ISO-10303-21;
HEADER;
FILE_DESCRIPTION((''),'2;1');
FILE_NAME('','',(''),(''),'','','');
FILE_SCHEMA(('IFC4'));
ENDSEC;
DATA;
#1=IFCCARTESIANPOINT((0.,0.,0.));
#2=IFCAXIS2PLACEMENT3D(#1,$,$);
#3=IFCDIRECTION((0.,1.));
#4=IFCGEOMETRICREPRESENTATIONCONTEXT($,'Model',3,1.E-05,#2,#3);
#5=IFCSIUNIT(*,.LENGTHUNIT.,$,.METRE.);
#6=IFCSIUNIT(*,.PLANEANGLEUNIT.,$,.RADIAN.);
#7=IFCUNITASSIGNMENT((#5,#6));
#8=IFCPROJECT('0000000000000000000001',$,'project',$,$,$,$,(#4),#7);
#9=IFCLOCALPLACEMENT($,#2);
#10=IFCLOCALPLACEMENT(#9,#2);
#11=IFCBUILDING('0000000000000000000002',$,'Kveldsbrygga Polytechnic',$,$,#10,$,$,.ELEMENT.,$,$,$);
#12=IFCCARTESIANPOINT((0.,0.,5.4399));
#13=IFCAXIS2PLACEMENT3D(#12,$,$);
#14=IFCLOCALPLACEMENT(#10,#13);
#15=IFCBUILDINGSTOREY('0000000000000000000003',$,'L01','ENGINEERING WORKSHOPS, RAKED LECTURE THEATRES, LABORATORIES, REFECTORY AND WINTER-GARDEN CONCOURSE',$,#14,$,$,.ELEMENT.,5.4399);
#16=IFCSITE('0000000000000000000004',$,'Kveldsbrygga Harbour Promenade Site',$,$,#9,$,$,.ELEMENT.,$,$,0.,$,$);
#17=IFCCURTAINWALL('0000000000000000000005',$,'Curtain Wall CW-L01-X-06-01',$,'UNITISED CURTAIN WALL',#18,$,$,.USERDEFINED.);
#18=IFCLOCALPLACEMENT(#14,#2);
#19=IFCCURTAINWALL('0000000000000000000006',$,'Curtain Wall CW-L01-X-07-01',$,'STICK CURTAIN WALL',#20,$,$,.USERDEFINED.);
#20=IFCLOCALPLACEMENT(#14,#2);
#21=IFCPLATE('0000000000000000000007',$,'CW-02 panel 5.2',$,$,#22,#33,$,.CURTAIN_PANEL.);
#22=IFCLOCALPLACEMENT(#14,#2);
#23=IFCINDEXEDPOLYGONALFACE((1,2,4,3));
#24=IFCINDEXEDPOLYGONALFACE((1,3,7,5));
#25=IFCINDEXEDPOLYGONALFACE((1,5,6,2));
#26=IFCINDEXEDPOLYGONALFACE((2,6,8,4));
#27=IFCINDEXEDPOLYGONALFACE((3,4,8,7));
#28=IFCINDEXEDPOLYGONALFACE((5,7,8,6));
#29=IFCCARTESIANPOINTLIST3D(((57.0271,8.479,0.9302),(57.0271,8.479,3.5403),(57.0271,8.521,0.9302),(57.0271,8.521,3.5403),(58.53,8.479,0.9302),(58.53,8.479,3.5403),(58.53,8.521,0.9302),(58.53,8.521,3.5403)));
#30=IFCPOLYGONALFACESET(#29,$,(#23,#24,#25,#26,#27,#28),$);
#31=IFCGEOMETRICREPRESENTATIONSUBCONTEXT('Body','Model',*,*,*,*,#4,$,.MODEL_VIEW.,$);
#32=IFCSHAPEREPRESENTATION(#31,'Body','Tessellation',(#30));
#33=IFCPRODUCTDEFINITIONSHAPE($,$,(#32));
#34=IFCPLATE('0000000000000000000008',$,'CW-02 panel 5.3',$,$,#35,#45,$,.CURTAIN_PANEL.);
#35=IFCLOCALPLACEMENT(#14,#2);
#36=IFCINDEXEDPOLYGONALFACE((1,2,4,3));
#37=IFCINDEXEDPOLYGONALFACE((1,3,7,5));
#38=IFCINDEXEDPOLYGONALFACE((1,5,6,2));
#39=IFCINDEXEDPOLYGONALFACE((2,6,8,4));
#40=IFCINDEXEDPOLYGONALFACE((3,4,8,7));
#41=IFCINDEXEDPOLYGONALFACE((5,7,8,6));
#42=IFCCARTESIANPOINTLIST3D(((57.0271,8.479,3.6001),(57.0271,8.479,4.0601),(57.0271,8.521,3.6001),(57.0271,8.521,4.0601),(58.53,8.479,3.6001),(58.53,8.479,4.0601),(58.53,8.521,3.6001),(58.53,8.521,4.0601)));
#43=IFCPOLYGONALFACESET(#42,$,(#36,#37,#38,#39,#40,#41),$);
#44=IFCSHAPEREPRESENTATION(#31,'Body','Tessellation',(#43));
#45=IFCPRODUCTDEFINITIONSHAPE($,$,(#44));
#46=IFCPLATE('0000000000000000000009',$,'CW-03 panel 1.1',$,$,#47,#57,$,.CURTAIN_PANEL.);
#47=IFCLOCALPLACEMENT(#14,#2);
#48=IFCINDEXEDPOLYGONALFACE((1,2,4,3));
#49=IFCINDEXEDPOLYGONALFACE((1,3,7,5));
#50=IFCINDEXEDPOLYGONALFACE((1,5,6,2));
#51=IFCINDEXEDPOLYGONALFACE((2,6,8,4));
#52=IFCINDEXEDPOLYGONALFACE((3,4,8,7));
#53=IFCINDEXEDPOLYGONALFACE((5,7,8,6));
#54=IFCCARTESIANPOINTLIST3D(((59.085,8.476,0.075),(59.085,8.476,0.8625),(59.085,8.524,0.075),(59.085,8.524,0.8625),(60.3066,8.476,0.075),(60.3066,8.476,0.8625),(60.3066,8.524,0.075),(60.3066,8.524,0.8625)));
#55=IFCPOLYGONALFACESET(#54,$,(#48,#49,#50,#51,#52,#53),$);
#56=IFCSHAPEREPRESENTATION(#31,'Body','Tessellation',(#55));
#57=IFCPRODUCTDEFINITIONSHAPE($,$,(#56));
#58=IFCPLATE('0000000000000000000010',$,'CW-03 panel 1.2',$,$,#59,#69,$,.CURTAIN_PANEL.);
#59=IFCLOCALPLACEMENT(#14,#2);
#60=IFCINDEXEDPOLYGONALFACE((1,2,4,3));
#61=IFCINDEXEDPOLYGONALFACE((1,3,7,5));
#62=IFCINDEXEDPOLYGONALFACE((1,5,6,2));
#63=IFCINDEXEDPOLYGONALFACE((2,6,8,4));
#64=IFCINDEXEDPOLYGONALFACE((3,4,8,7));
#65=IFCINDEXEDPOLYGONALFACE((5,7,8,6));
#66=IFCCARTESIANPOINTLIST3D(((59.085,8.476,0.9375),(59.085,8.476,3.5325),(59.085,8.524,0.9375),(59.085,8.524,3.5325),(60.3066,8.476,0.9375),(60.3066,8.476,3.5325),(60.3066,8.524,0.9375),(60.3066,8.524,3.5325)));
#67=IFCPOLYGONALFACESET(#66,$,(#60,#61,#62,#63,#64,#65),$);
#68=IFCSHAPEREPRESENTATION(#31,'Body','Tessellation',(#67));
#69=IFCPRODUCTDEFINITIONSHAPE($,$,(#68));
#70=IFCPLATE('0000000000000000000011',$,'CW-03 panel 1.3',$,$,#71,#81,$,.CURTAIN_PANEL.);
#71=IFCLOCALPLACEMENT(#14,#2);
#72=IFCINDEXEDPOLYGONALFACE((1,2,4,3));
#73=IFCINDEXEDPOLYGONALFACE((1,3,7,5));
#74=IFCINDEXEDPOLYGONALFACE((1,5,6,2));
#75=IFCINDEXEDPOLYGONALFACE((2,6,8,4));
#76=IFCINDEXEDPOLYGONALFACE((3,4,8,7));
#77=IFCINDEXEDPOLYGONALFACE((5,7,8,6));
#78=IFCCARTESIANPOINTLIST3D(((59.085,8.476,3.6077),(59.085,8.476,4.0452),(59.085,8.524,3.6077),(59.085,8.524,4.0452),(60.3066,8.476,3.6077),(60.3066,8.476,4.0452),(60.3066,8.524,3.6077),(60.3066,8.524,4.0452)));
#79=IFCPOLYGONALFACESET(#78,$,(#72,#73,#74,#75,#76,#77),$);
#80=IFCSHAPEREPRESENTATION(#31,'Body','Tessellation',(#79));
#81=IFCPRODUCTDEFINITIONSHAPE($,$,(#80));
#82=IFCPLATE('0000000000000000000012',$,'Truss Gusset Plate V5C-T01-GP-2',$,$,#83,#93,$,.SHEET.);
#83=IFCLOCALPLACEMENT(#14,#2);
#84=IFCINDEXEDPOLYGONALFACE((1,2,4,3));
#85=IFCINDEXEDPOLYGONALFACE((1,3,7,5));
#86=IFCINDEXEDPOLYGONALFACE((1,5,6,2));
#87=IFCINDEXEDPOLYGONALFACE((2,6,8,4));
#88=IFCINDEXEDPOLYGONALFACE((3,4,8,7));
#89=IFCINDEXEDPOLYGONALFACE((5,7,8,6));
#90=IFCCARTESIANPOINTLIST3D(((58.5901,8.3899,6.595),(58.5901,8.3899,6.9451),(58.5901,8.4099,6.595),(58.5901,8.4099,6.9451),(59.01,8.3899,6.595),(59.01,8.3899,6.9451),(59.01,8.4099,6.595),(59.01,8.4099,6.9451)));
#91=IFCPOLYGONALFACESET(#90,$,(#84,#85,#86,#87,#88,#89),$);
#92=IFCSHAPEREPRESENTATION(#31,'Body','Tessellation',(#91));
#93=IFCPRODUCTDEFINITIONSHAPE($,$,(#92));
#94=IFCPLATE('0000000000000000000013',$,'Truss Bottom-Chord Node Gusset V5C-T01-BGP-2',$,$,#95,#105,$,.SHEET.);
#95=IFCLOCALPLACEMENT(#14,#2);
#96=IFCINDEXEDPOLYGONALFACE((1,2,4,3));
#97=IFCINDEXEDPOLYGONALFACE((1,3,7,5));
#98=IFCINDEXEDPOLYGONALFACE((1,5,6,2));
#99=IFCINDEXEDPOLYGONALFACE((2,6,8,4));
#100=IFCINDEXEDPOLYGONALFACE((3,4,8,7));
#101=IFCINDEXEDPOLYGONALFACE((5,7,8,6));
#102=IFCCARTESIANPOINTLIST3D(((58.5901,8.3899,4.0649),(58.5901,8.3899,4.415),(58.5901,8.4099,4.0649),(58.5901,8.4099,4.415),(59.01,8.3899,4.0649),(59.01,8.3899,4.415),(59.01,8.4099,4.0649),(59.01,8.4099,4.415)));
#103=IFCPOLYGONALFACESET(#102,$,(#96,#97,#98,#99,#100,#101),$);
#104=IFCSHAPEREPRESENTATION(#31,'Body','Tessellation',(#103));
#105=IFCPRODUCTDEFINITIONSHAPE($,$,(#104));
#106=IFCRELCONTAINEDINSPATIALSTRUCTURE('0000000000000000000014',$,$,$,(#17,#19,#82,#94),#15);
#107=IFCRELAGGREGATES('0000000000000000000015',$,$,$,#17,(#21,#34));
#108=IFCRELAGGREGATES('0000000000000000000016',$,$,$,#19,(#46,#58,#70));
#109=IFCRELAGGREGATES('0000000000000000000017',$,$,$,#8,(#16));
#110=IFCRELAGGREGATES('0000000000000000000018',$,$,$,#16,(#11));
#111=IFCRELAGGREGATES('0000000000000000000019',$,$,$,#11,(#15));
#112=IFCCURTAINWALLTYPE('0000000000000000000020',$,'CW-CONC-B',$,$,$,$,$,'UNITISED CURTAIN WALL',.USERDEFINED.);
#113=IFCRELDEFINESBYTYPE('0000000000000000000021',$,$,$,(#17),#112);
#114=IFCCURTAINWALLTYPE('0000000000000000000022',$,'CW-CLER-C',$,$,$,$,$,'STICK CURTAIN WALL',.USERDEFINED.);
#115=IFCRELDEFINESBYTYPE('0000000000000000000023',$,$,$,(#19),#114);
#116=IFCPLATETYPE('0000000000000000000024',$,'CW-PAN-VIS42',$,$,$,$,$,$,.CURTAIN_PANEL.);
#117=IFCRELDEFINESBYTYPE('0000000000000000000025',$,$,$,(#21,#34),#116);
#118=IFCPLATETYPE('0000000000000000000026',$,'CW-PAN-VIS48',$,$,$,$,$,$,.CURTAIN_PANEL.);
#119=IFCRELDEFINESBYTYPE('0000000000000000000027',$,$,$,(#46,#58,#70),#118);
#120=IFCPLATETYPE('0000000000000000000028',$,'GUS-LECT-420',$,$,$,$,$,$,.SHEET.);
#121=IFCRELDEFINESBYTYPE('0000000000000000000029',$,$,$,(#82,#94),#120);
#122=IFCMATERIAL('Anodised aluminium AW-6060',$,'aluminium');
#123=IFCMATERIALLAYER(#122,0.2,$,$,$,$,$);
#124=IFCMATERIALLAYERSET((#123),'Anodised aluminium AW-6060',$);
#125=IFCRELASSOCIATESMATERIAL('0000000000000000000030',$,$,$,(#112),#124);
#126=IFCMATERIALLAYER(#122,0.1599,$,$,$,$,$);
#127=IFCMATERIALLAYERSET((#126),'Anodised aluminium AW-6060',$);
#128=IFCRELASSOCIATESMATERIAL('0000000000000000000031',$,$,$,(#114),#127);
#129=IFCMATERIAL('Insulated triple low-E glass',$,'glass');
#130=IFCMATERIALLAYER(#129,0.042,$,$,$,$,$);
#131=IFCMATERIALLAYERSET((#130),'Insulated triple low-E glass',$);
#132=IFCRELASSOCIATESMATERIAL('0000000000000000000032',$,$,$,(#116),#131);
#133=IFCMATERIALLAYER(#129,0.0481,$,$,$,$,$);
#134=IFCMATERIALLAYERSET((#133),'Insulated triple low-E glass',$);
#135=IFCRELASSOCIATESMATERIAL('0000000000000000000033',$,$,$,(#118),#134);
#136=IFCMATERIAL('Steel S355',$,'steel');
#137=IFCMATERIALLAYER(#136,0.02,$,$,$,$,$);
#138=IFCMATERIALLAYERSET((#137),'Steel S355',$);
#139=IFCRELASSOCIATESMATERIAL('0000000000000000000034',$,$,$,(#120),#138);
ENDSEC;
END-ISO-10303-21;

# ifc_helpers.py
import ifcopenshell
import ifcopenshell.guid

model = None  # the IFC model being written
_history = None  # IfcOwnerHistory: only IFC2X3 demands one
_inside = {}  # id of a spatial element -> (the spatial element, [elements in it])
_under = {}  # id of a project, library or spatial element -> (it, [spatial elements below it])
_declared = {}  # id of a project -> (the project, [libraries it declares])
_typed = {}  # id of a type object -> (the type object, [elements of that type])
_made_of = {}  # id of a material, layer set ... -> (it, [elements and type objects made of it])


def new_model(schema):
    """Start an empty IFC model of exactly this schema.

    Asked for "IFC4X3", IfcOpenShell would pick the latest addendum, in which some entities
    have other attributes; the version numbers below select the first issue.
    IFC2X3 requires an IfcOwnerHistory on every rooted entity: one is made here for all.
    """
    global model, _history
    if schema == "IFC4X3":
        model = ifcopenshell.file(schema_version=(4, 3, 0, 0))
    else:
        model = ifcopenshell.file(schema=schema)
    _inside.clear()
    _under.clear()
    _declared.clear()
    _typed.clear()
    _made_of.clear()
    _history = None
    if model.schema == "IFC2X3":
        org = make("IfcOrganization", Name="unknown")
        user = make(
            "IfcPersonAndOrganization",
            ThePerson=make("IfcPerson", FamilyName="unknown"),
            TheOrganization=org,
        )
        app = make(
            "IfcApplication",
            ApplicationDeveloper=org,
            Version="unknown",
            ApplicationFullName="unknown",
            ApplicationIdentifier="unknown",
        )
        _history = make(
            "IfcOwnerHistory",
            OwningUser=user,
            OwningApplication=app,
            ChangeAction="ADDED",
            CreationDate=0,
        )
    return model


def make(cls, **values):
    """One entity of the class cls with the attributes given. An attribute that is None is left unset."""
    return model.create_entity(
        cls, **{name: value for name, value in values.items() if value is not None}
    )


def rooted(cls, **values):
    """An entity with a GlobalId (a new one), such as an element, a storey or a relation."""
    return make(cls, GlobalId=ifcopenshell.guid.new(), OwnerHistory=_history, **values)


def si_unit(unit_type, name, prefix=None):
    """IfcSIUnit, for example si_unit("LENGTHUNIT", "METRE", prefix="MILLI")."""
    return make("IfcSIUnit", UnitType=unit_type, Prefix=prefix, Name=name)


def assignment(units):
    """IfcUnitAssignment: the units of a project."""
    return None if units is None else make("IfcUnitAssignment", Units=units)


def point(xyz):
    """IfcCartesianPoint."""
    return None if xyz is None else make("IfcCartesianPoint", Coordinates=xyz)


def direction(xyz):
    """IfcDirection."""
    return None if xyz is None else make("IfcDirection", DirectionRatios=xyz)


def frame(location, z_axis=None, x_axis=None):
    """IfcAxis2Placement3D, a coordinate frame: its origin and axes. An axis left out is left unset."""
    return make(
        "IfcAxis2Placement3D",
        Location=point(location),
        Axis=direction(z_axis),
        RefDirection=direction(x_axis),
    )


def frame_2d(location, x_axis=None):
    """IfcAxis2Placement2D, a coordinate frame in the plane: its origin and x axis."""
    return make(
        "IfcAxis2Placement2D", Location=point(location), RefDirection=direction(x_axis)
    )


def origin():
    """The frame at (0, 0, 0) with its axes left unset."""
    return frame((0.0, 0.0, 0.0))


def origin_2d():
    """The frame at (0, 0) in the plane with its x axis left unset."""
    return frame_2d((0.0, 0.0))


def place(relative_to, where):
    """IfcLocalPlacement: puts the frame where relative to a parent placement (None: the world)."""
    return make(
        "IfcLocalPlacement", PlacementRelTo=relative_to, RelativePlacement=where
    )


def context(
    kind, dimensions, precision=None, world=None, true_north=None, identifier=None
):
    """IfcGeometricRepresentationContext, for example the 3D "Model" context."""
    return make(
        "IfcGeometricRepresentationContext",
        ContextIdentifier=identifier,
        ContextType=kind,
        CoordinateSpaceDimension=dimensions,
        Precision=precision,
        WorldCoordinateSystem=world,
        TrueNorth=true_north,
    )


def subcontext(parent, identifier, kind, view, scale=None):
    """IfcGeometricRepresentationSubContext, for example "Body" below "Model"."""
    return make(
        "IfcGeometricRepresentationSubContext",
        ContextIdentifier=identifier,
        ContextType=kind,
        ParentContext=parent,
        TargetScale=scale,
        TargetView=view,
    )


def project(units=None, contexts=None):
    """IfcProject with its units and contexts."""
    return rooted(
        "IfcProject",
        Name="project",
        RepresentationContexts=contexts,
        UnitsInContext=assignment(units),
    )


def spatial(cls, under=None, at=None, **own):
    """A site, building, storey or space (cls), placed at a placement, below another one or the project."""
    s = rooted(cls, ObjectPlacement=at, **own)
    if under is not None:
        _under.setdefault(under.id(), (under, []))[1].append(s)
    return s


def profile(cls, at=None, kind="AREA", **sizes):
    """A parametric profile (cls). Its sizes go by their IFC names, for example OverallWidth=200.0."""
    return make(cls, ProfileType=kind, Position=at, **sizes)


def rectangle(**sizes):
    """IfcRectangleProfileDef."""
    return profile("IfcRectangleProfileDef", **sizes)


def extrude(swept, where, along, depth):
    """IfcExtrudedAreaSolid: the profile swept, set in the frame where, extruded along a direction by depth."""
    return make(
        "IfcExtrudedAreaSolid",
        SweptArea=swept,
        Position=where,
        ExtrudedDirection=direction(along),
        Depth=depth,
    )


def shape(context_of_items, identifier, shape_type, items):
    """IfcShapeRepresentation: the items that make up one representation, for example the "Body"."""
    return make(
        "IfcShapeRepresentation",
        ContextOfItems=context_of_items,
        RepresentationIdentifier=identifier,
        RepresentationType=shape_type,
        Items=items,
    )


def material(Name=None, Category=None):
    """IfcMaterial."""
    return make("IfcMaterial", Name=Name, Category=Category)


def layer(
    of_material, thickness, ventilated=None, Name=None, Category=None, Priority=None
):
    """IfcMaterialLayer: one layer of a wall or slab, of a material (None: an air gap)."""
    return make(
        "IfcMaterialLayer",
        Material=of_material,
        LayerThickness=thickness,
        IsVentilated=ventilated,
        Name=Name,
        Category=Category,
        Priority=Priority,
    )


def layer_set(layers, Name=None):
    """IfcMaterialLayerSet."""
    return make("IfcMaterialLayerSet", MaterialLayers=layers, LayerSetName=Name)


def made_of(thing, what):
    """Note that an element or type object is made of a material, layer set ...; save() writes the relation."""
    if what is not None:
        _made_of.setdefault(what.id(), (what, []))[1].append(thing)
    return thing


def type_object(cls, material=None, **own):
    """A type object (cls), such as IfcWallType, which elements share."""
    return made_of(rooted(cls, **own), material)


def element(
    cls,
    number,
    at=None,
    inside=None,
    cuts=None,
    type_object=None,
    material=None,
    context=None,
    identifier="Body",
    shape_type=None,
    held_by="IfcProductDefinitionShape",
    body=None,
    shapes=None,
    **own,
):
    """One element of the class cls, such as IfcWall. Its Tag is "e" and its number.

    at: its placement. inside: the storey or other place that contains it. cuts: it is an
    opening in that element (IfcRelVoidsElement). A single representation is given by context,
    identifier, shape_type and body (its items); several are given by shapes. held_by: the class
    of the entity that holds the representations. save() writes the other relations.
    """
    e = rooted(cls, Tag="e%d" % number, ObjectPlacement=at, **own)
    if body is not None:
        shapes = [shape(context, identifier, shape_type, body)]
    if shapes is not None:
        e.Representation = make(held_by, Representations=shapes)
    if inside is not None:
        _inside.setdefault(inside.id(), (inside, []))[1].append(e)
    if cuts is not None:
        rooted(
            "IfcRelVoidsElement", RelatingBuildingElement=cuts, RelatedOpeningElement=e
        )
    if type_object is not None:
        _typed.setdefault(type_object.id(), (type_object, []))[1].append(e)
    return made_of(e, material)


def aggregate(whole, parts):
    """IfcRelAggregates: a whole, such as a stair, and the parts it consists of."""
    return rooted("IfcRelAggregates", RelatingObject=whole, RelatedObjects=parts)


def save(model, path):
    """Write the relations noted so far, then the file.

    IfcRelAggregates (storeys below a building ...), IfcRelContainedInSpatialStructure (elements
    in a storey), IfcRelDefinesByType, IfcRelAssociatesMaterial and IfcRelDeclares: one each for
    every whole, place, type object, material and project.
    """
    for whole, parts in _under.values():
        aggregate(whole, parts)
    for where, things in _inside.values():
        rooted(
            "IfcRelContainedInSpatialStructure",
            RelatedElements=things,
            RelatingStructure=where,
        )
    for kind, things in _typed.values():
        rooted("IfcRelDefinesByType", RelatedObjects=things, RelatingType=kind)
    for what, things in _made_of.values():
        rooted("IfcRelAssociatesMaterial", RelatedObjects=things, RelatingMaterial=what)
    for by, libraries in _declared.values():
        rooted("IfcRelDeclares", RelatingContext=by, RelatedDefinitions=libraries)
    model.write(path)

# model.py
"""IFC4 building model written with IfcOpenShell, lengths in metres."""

from ifc_helpers import new_model, si_unit, direction, frame, origin, origin_2d, place, context, subcontext, project, spatial, rectangle, extrude, material, layer, layer_set, type_object, element, aggregate, save


model = new_model("IFC4")

# Units and contexts
model_context = context("Model", 3, precision=1e-05, world=origin(), true_north=direction((0.0, 1.0)))
body_context = subcontext(model_context, "Body", "Model", "MODEL_VIEW")
ifc_project = project(units=[si_unit("LENGTHUNIT", "METRE"), si_unit("PLANEANGLEUNIT", "RADIAN")], contexts=[model_context])

# Site, building, storey
site_placement = place(None, origin())
site = spatial("IfcSite", under=ifc_project, at=site_placement, Name="Kveldsbrygga Harbour Promenade Site", CompositionType="ELEMENT", RefElevation=0.0)
building_placement = place(site_placement, origin())
building = spatial("IfcBuilding", under=site, at=building_placement, Name="Kveldsbrygga Polytechnic", CompositionType="ELEMENT")
storey_placement = place(building_placement, frame((0.0, 0.0, 5.4399)))
storey = spatial("IfcBuildingStorey", under=building, at=storey_placement, Name="L01", Description="ENGINEERING WORKSHOPS, RAKED LECTURE THEATRES, LABORATORIES, REFECTORY AND WINTER-GARDEN CONCOURSE", CompositionType="ELEMENT", Elevation=5.4399)

# Curtain walls
ifc_material_1 = material(Name="Anodised aluminium AW-6060", Category="aluminium")
ifc_layer_1 = layer(ifc_material_1, 0.2)
ifc_layer_set_1 = layer_set([ifc_layer_1], Name="Anodised aluminium AW-6060")
curtain_wall_type_1 = type_object("IfcCurtainWallType", Name="CW-CONC-B", ElementType="UNITISED CURTAIN WALL", PredefinedType="USERDEFINED", material=ifc_layer_set_1)
curtain_wall_1_placement = place(storey_placement, origin())
curtain_wall_1 = element("IfcCurtainWall", 1, at=curtain_wall_1_placement, inside=storey, type_object=curtain_wall_type_1, Name="Curtain Wall CW-L01-X-06-01", ObjectType="UNITISED CURTAIN WALL", PredefinedType="USERDEFINED")
ifc_layer_2 = layer(ifc_material_1, 0.1599)
ifc_layer_set_2 = layer_set([ifc_layer_2], Name="Anodised aluminium AW-6060")
curtain_wall_type_2 = type_object("IfcCurtainWallType", Name="CW-CLER-C", ElementType="STICK CURTAIN WALL", PredefinedType="USERDEFINED", material=ifc_layer_set_2)
curtain_wall_2_placement = place(storey_placement, origin())
curtain_wall_2 = element("IfcCurtainWall", 2, at=curtain_wall_2_placement, inside=storey, type_object=curtain_wall_type_2, Name="Curtain Wall CW-L01-X-07-01", ObjectType="STICK CURTAIN WALL", PredefinedType="USERDEFINED")

# Shared definitions
ifc_material_2 = material(Name="Steel S355", Category="steel")

# Plates
ifc_material_3 = material(Name="Insulated triple low-E glass", Category="glass")
ifc_layer_3 = layer(ifc_material_3, 0.042)
ifc_layer_set_3 = layer_set([ifc_layer_3], Name="Insulated triple low-E glass")
plate_type_1 = type_object("IfcPlateType", Name="CW-PAN-VIS42", PredefinedType="CURTAIN_PANEL", material=ifc_layer_set_3)
plate_1_placement = place(storey_placement, frame((57.7786, 8.5, 0.9302), z_axis=(0.0, 0.0, 1.0), x_axis=(1.0, 0.0, 0.0)))
plate_1 = element("IfcPlate", 3, at=plate_1_placement, type_object=plate_type_1, Name="CW-02 panel 5.2", PredefinedType="CURTAIN_PANEL", context=body_context, shape_type="SweptSolid", body=[
    extrude(rectangle(XDim=1.5029, YDim=0.042, at=origin_2d()), origin(), (0.0, 0.0, 1.0), 2.6101),
])
plate_2_placement = place(storey_placement, frame((57.7786, 8.5, 3.6001), z_axis=(0.0, 0.0, 1.0), x_axis=(1.0, 0.0, 0.0)))
plate_2 = element("IfcPlate", 4, at=plate_2_placement, type_object=plate_type_1, Name="CW-02 panel 5.3", PredefinedType="CURTAIN_PANEL", context=body_context, shape_type="SweptSolid", body=[
    extrude(rectangle(XDim=1.5029, YDim=0.042, at=origin_2d()), origin(), (0.0, 0.0, 1.0), 0.46),
])
aggregate(curtain_wall_1, [plate_1, plate_2])
ifc_layer_4 = layer(ifc_material_3, 0.0481)
ifc_layer_set_4 = layer_set([ifc_layer_4], Name="Insulated triple low-E glass")
plate_type_2 = type_object("IfcPlateType", Name="CW-PAN-VIS48", PredefinedType="CURTAIN_PANEL", material=ifc_layer_set_4)
plate_3_placement = place(storey_placement, frame((59.6958, 8.5, 0.075), z_axis=(0.0, 0.0, 1.0), x_axis=(1.0, 0.0, 0.0)))
plate_3 = element("IfcPlate", 5, at=plate_3_placement, type_object=plate_type_2, Name="CW-03 panel 1.1", PredefinedType="CURTAIN_PANEL", context=body_context, shape_type="SweptSolid", body=[
    extrude(rectangle(XDim=1.2217, YDim=0.0481, at=origin_2d()), origin(), (0.0, 0.0, 1.0), 0.7876),
])
plate_4_placement = place(storey_placement, frame((59.6958, 8.5, 0.9375), z_axis=(0.0, 0.0, 1.0), x_axis=(1.0, 0.0, 0.0)))
plate_4 = element("IfcPlate", 6, at=plate_4_placement, type_object=plate_type_2, Name="CW-03 panel 1.2", PredefinedType="CURTAIN_PANEL", context=body_context, shape_type="SweptSolid", body=[
    extrude(rectangle(XDim=1.2217, YDim=0.0481, at=origin_2d()), origin(), (0.0, 0.0, 1.0), 2.595),
])
plate_5_placement = place(storey_placement, frame((59.6958, 8.5, 3.6077), z_axis=(0.0, 0.0, 1.0), x_axis=(1.0, 0.0, 0.0)))
plate_5 = element("IfcPlate", 7, at=plate_5_placement, type_object=plate_type_2, Name="CW-03 panel 1.3", PredefinedType="CURTAIN_PANEL", context=body_context, shape_type="SweptSolid", body=[
    extrude(rectangle(XDim=1.2217, YDim=0.0481, at=origin_2d()), origin(), (0.0, 0.0, 1.0), 0.4375),
])
aggregate(curtain_wall_2, [plate_3, plate_4, plate_5])

# Plates
ifc_layer_5 = layer(ifc_material_2, 0.02)
ifc_layer_set_5 = layer_set([ifc_layer_5], Name="Steel S355")
plate_type_3 = type_object("IfcPlateType", Name="GUS-LECT-420", PredefinedType="SHEET", material=ifc_layer_set_5)
for number, where, z_axis, x_axis, name in (
    (8, (58.8, 8.3999, 6.595), (0.0, 0.0, 1.0), (1.0, 0.0, 0.0), "Truss Gusset Plate V5C-T01-GP-2"),
    (9, (58.8, 8.3999, 4.0649), (0.0, 0.0, 1.0), (1.0, 0.0, 0.0), "Truss Bottom-Chord Node Gusset V5C-T01-BGP-2"),
):
    element("IfcPlate", number, at=place(storey_placement, frame(where, z_axis=z_axis, x_axis=x_axis)), inside=storey, type_object=plate_type_3, Name=name, PredefinedType="SHEET", context=body_context, shape_type="SweptSolid", body=[
        extrude(rectangle(XDim=0.4199, YDim=0.02, at=origin_2d()), origin(), (0.0, 0.0, 1.0), 0.3501),
    ])

save(model, "model.ifc")
